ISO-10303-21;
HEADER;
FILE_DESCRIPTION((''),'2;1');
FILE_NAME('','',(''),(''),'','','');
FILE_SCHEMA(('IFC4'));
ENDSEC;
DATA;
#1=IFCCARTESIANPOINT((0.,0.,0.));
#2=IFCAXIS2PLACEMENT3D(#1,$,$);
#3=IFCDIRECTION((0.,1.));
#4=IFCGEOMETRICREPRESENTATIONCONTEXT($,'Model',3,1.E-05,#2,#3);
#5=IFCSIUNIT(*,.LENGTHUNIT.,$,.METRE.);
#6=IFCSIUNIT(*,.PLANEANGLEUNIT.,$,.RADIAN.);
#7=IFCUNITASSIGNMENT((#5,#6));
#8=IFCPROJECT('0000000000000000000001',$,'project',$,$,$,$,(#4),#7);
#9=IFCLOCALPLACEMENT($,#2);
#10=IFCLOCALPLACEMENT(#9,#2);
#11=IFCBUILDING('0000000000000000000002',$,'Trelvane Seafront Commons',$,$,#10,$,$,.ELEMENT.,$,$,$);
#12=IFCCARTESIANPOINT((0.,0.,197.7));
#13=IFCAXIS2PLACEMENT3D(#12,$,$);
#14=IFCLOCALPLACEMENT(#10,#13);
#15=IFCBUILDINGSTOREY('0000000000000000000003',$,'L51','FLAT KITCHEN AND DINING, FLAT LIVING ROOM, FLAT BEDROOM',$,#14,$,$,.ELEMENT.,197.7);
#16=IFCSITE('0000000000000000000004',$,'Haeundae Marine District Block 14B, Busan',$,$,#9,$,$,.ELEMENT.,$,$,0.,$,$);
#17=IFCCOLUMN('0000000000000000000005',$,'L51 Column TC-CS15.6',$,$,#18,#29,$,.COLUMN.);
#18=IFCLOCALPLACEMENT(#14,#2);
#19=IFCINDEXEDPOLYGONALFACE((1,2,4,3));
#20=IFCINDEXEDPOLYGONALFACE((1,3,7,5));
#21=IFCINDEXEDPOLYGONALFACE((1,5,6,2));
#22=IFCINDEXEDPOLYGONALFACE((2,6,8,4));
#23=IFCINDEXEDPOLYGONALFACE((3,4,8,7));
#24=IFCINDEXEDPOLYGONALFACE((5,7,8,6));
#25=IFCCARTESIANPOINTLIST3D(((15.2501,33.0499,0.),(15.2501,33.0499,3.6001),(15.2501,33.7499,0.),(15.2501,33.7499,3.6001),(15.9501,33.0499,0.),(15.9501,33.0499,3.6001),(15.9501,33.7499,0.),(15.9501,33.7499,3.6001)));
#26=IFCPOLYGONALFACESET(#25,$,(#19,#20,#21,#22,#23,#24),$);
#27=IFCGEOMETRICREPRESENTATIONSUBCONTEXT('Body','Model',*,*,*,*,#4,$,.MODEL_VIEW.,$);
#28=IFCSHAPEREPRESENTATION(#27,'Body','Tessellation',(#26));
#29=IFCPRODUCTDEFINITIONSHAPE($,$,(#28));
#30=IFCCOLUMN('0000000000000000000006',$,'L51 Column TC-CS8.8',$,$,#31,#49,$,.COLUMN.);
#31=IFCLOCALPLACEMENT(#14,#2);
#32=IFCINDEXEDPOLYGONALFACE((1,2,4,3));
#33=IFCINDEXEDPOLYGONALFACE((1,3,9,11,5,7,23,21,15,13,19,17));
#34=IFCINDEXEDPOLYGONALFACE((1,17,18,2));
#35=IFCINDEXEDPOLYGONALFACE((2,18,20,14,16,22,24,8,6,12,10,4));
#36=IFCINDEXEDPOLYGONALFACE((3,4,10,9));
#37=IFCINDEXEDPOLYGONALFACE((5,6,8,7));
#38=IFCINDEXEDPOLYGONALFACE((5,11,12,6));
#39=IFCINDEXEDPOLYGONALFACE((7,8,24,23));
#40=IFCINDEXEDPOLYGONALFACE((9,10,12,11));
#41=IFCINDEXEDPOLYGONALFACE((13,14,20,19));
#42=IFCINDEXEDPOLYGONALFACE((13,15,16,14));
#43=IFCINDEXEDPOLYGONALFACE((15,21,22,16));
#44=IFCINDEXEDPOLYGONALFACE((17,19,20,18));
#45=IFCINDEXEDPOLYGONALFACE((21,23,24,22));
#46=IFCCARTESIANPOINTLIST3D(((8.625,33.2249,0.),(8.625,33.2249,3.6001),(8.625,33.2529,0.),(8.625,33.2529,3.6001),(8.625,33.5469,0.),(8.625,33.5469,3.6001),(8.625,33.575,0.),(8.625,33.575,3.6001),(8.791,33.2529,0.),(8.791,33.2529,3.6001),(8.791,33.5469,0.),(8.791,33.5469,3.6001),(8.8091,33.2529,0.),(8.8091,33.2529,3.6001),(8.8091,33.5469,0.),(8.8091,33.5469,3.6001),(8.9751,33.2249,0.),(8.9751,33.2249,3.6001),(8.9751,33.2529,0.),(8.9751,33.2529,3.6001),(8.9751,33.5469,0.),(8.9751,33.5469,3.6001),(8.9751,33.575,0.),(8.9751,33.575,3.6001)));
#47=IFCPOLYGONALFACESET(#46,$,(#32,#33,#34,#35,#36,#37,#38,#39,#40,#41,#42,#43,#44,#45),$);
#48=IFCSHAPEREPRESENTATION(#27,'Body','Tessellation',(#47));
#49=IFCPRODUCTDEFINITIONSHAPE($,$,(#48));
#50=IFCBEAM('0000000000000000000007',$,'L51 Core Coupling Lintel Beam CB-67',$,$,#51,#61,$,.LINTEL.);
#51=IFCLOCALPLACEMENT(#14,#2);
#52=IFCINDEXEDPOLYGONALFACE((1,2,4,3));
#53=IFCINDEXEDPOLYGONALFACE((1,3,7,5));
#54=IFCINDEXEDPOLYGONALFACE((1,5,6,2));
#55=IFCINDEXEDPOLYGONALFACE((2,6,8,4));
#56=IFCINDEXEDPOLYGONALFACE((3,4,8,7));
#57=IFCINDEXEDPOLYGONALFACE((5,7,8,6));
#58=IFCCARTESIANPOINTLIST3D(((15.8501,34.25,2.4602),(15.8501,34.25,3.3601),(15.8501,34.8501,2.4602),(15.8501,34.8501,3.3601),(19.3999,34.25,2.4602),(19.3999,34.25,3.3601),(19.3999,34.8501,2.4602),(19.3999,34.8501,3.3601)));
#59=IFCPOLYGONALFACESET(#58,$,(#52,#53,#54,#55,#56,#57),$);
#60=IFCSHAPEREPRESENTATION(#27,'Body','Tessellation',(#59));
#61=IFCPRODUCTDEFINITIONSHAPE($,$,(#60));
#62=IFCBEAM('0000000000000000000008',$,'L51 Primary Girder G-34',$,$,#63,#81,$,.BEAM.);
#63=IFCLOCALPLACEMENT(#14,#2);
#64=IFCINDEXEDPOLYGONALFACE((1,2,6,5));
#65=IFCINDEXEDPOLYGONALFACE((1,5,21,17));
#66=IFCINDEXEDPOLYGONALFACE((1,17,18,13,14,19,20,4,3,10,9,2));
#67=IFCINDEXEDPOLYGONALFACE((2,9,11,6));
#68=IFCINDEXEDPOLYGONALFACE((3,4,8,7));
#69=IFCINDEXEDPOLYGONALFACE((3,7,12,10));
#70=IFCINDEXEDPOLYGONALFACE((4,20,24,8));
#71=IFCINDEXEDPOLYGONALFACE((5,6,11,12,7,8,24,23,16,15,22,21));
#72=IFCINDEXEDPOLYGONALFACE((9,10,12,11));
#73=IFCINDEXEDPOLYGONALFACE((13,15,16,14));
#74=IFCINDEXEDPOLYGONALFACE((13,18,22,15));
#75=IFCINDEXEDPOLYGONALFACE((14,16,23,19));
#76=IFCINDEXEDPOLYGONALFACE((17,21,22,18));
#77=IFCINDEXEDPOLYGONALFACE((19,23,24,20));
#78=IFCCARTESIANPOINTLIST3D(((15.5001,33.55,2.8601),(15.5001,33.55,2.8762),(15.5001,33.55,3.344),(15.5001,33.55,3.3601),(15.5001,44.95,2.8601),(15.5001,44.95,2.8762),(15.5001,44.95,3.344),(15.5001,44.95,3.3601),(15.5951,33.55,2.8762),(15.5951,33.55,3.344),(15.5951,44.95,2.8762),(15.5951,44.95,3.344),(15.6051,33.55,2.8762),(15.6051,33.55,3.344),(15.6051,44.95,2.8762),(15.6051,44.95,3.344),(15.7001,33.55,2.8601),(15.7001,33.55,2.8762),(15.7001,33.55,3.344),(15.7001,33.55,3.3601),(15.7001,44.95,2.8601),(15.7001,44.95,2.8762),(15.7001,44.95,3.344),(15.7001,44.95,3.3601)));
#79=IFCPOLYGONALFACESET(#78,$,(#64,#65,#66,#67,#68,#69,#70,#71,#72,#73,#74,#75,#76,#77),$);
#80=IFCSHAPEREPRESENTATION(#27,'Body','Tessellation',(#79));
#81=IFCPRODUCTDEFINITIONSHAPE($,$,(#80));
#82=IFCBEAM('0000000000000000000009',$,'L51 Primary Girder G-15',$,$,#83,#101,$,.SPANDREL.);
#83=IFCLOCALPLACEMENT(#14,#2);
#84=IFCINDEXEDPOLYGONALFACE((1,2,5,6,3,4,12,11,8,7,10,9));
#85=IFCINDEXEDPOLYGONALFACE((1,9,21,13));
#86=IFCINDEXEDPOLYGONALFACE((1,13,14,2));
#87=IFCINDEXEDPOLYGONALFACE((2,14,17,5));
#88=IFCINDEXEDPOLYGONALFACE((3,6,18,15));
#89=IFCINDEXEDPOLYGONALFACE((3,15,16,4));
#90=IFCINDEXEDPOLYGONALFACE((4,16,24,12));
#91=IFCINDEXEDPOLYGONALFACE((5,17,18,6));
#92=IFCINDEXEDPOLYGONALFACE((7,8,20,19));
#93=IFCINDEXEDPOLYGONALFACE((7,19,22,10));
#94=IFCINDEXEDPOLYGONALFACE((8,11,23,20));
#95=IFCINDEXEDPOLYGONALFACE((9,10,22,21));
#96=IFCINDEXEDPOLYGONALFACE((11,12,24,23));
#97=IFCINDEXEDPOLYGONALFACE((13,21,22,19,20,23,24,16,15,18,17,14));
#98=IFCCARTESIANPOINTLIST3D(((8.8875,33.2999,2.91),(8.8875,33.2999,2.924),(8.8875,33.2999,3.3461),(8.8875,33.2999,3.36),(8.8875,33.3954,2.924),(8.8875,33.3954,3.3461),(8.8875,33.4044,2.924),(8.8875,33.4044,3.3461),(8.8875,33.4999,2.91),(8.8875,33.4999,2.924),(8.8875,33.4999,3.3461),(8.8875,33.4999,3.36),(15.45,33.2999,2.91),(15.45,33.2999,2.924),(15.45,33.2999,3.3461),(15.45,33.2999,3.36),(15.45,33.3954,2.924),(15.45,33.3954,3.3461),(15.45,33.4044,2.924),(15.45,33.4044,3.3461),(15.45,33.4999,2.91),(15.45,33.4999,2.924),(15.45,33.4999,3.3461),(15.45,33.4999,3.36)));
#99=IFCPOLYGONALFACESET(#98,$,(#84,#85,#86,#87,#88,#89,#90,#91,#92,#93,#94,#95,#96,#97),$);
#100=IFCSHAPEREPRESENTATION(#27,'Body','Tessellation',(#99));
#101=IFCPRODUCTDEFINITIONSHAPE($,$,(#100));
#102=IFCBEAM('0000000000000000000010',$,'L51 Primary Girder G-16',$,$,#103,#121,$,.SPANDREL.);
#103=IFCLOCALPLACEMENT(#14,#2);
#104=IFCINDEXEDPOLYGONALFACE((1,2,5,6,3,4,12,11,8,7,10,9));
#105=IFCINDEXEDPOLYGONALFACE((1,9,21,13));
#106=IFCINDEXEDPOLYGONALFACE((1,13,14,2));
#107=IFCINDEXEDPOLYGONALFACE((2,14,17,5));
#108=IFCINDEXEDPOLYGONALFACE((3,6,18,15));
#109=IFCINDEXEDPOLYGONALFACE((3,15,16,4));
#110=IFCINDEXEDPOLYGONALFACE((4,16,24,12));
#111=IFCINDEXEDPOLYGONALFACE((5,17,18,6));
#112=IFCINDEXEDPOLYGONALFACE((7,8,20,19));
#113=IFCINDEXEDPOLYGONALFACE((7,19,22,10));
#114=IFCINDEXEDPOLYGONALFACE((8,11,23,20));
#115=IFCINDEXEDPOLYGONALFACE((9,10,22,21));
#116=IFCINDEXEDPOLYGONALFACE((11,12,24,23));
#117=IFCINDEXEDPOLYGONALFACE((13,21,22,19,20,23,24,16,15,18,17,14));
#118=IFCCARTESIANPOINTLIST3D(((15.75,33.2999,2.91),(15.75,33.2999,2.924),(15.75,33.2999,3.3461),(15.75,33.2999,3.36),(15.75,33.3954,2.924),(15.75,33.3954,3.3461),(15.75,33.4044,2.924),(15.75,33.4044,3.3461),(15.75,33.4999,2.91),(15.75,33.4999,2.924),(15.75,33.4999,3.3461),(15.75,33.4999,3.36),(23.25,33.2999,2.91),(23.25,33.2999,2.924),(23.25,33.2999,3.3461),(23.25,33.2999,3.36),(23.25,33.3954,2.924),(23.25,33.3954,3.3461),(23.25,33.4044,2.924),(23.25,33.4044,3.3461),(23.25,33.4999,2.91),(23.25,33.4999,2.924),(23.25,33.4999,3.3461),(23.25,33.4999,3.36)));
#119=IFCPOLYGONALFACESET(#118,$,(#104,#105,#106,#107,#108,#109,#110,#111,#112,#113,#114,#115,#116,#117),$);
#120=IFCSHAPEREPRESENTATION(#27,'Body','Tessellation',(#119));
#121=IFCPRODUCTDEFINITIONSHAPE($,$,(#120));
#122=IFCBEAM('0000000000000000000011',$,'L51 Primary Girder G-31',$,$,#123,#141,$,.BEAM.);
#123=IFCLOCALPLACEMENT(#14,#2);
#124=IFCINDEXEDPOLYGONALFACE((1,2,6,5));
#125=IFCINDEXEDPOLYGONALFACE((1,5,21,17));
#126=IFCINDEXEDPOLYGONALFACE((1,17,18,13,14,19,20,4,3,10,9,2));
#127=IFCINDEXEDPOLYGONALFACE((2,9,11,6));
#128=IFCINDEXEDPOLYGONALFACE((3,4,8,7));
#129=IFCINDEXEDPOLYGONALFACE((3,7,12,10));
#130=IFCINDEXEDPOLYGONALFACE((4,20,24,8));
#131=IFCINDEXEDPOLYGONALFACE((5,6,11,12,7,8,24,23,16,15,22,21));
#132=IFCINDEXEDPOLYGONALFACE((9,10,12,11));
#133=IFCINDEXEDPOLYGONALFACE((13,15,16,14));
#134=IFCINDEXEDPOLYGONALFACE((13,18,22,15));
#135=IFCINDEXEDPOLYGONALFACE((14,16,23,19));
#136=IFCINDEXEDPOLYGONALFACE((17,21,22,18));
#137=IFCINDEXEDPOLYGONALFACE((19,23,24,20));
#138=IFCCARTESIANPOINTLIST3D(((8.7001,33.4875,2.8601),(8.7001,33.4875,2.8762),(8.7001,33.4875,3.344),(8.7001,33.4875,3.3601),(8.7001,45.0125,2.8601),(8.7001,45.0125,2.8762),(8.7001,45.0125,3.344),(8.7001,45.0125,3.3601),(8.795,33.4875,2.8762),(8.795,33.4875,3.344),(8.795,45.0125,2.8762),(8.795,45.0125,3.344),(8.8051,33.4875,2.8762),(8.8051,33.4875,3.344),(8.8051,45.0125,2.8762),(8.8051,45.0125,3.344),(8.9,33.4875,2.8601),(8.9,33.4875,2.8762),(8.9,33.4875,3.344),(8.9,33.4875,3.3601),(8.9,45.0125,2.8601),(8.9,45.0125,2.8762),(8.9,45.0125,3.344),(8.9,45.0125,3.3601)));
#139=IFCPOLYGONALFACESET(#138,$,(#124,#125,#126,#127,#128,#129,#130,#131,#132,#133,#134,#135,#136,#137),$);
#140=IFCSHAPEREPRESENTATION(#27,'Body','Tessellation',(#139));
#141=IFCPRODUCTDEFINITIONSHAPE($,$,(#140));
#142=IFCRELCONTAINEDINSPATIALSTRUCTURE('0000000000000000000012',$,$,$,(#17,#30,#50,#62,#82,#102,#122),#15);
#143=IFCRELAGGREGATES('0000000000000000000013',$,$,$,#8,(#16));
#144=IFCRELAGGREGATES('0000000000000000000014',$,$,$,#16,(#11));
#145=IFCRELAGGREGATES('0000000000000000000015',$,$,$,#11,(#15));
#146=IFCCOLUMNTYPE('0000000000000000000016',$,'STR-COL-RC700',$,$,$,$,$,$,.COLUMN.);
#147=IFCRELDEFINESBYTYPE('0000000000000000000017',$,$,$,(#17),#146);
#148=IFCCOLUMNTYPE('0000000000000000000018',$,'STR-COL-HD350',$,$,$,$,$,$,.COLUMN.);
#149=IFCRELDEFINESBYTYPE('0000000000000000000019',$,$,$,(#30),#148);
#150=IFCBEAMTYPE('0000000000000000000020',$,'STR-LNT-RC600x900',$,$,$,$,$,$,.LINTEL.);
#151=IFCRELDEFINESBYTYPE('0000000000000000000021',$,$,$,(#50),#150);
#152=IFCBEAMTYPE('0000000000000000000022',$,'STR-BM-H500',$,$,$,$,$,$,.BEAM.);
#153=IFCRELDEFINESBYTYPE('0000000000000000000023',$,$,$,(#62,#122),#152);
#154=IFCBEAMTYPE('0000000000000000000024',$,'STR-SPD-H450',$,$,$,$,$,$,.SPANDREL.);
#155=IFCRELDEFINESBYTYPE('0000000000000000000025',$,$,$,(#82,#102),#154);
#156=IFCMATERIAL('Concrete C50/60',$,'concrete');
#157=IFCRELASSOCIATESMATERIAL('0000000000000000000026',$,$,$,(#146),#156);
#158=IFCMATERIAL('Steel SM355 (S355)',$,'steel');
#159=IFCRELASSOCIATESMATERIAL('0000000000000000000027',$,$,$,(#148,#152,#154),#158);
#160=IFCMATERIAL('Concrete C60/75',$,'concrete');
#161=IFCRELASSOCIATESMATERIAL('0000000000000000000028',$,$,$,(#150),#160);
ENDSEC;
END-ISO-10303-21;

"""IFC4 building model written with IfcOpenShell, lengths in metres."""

from ifc_helpers import new_model, si_unit, direction, frame, origin, origin_2d, place, context, subcontext, project, spatial, rectangle, i_section, extrude, source, transform, mapped, material, material_profile, profile_set, type_object, element, save


model = new_model("IFC4")

# Units and contexts
model_context = context("Model", 3, precision=1e-05, world=origin(), true_north=direction((0.0, 1.0)))
body_context = subcontext(model_context, "Body", "Model", "MODEL_VIEW")
ifc_project = project(units=[si_unit("LENGTHUNIT", "METRE"), si_unit("PLANEANGLEUNIT", "RADIAN")], contexts=[model_context])

# Site, building, storey
site_placement = place(None, origin())
site = spatial("IfcSite", under=ifc_project, at=site_placement, Name="Haeundae Marine District Block 14B, Busan", CompositionType="ELEMENT", RefElevation=0.0)
building_placement = place(site_placement, origin())
building = spatial("IfcBuilding", under=site, at=building_placement, Name="Trelvane Seafront Commons", CompositionType="ELEMENT")
storey_placement = place(building_placement, frame((0.0, 0.0, 197.7)))
storey = spatial("IfcBuildingStorey", under=building, at=storey_placement, Name="L51", Description="FLAT KITCHEN AND DINING, FLAT LIVING ROOM, FLAT BEDROOM", CompositionType="ELEMENT", Elevation=197.7)

# Columns
ifc_material_1 = material(Name="Concrete C50/60", Category="concrete")
ifc_material_profile_1 = material_profile(ifc_material_1, rectangle(XDim=0.7, YDim=0.7, at=origin_2d()), Name="RC-700x700")
ifc_profile_set_1 = profile_set([ifc_material_profile_1], Name="Concrete C50/60")
column_type_1 = type_object("IfcColumnType", Name="STR-COL-RC700", PredefinedType="COLUMN", material=ifc_profile_set_1)
shared_shape_1 = source(origin(), body_context, "Body", "SweptSolid", [
    extrude(rectangle(XDim=0.7, YDim=0.7, at=origin_2d()), origin(), (0.0, 0.0, 1.0), 3.6001),
])
column_1_placement = place(storey_placement, frame((15.6001, 33.3999, 0.0), z_axis=(0.0, 0.0, 1.0), x_axis=(1.0, 0.0, 0.0)))
element("IfcColumn", 1, at=column_1_placement, inside=storey, type_object=column_type_1, Name="L51 Column TC-CS15.6", PredefinedType="COLUMN", context=body_context, shape_type="MappedRepresentation", body=[
    mapped(shared_shape_1, transform((0.0, 0.0, 0.0), x_axis=(1.0, 0.0, 0.0), y_axis=(0.0, 1.0, 0.0), z_axis=(0.0, 0.0, 1.0), scale=1.0)),
])
ifc_material_2 = material(Name="Steel SM355 (S355)", Category="steel")
ifc_material_profile_2 = material_profile(ifc_material_2, i_section(OverallWidth=0.3501, OverallDepth=0.3501, WebThickness=0.0181, FlangeThickness=0.0281, at=origin_2d()), Name="HD-350x350x18x28")
ifc_profile_set_2 = profile_set([ifc_material_profile_2], Name="Steel SM355 (S355)")
column_type_2 = type_object("IfcColumnType", Name="STR-COL-HD350", PredefinedType="COLUMN", material=ifc_profile_set_2)
shared_shape_2 = source(origin(), body_context, "Body", "SweptSolid", [
    extrude(i_section(OverallWidth=0.3501, OverallDepth=0.3501, WebThickness=0.0181, FlangeThickness=0.0281, at=origin_2d()), origin(), (0.0, 0.0, 1.0), 3.6001),
])
column_2_placement = place(storey_placement, frame((8.8, 33.3999, 0.0), z_axis=(0.0, 0.0, 1.0), x_axis=(1.0, 0.0, 0.0)))
element("IfcColumn", 2, at=column_2_placement, inside=storey, type_object=column_type_2, Name="L51 Column TC-CS8.8", PredefinedType="COLUMN", context=body_context, shape_type="MappedRepresentation", body=[
    mapped(shared_shape_2, transform((0.0, 0.0, 0.0), x_axis=(1.0, 0.0, 0.0), y_axis=(0.0, 1.0, 0.0), z_axis=(0.0, 0.0, 1.0), scale=1.0)),
])

# Beams
ifc_material_3 = material(Name="Concrete C60/75", Category="concrete")
ifc_material_profile_3 = material_profile(ifc_material_3, rectangle(XDim=0.6001, YDim=0.8999, at=origin_2d()), Name="RC-600x900")
ifc_profile_set_3 = profile_set([ifc_material_profile_3], Name="Concrete C60/75")
beam_type_1 = type_object("IfcBeamType", Name="STR-LNT-RC600x900", PredefinedType="LINTEL", material=ifc_profile_set_3)
shared_shape_3 = source(origin(), body_context, "Body", "SweptSolid", [
    extrude(rectangle(XDim=0.6001, YDim=0.8999, at=origin_2d()), origin(), (0.0, 0.0, 1.0), 3.5498),
])
beam_1_placement = place(storey_placement, frame((15.8501, 34.55, 2.9102), z_axis=(1.0, 0.0, 0.0), x_axis=(0.0, 1.0, 0.0)))
element("IfcBeam", 3, at=beam_1_placement, inside=storey, type_object=beam_type_1, Name="L51 Core Coupling Lintel Beam CB-67", PredefinedType="LINTEL", context=body_context, shape_type="MappedRepresentation", body=[
    mapped(shared_shape_3, transform((0.0, 0.0, 0.0), x_axis=(1.0, 0.0, 0.0), y_axis=(0.0, 1.0, 0.0), z_axis=(0.0, 0.0, 1.0), scale=1.0)),
])
ifc_material_profile_4 = material_profile(ifc_material_2, i_section(OverallWidth=0.2, OverallDepth=0.5, WebThickness=0.01, FlangeThickness=0.0161, at=origin_2d()), Name="H-500x200x10x16")
ifc_profile_set_4 = profile_set([ifc_material_profile_4], Name="Steel SM355 (S355)")
beam_type_2 = type_object("IfcBeamType", Name="STR-BM-H500", PredefinedType="BEAM", material=ifc_profile_set_4)
shared_shape_4 = source(origin(), body_context, "Body", "SweptSolid", [
    extrude(i_section(OverallWidth=0.2, OverallDepth=0.5, WebThickness=0.01, FlangeThickness=0.0161, at=origin_2d()), origin(), (0.0, 0.0, 1.0), 11.3999),
])
beam_2_placement = place(storey_placement, frame((15.6001, 33.55, 3.1101), z_axis=(0.0, 1.0, 0.0), x_axis=(-1.0, 0.0, 0.0)))
element("IfcBeam", 4, at=beam_2_placement, inside=storey, type_object=beam_type_2, Name="L51 Primary Girder G-34", PredefinedType="BEAM", context=body_context, shape_type="MappedRepresentation", body=[
    mapped(shared_shape_4, transform((0.0, 0.0, 0.0), x_axis=(1.0, 0.0, 0.0), y_axis=(0.0, 1.0, 0.0), z_axis=(0.0, 0.0, 1.0), scale=1.0)),
])
ifc_material_profile_5 = material_profile(ifc_material_2, i_section(OverallWidth=0.2, OverallDepth=0.45, WebThickness=0.009, FlangeThickness=0.0139, at=origin_2d()), Name="H-450x200x9x14")
ifc_profile_set_5 = profile_set([ifc_material_profile_5], Name="Steel SM355 (S355)")
beam_type_3 = type_object("IfcBeamType", Name="STR-SPD-H450", PredefinedType="SPANDREL", material=ifc_profile_set_5)
shared_shape_5 = source(origin(), body_context, "Body", "SweptSolid", [
    extrude(i_section(OverallWidth=0.2, OverallDepth=0.45, WebThickness=0.009, FlangeThickness=0.0139, at=origin_2d()), origin(), (0.0, 0.0, 1.0), 6.5625),
])
beam_3_placement = place(storey_placement, frame((8.8875, 33.3999, 3.135), z_axis=(1.0, 0.0, 0.0), x_axis=(0.0, 1.0, 0.0)))
element("IfcBeam", 5, at=beam_3_placement, inside=storey, type_object=beam_type_3, Name="L51 Primary Girder G-15", PredefinedType="SPANDREL", context=body_context, shape_type="MappedRepresentation", body=[
    mapped(shared_shape_5, transform((0.0, 0.0, 0.0), x_axis=(1.0, 0.0, 0.0), y_axis=(0.0, 1.0, 0.0), z_axis=(0.0, 0.0, 1.0), scale=1.0)),
])
shared_shape_6 = source(origin(), body_context, "Body", "SweptSolid", [
    extrude(i_section(OverallWidth=0.2, OverallDepth=0.45, WebThickness=0.009, FlangeThickness=0.0139, at=origin_2d()), origin(), (0.0, 0.0, 1.0), 7.5),
])
beam_4_placement = place(storey_placement, frame((15.75, 33.3999, 3.135), z_axis=(1.0, 0.0, 0.0), x_axis=(0.0, 1.0, 0.0)))
element("IfcBeam", 6, at=beam_4_placement, inside=storey, type_object=beam_type_3, Name="L51 Primary Girder G-16", PredefinedType="SPANDREL", context=body_context, shape_type="MappedRepresentation", body=[
    mapped(shared_shape_6, transform((0.0, 0.0, 0.0), x_axis=(1.0, 0.0, 0.0), y_axis=(0.0, 1.0, 0.0), z_axis=(0.0, 0.0, 1.0), scale=1.0)),
])
shared_shape_7 = source(origin(), body_context, "Body", "SweptSolid", [
    extrude(i_section(OverallWidth=0.2, OverallDepth=0.5, WebThickness=0.01, FlangeThickness=0.0161, at=origin_2d()), origin(), (0.0, 0.0, 1.0), 11.5249),
])
beam_5_placement = place(storey_placement, frame((8.8, 33.4875, 3.1101), z_axis=(0.0, 1.0, 0.0), x_axis=(-1.0, 0.0, 0.0)))
element("IfcBeam", 7, at=beam_5_placement, inside=storey, type_object=beam_type_2, Name="L51 Primary Girder G-31", PredefinedType="BEAM", context=body_context, shape_type="MappedRepresentation", body=[
    mapped(shared_shape_7, transform((0.0, 0.0, 0.0), x_axis=(1.0, 0.0, 0.0), y_axis=(0.0, 1.0, 0.0), z_axis=(0.0, 0.0, 1.0), scale=1.0)),
])

save(model, "model.ifc")
